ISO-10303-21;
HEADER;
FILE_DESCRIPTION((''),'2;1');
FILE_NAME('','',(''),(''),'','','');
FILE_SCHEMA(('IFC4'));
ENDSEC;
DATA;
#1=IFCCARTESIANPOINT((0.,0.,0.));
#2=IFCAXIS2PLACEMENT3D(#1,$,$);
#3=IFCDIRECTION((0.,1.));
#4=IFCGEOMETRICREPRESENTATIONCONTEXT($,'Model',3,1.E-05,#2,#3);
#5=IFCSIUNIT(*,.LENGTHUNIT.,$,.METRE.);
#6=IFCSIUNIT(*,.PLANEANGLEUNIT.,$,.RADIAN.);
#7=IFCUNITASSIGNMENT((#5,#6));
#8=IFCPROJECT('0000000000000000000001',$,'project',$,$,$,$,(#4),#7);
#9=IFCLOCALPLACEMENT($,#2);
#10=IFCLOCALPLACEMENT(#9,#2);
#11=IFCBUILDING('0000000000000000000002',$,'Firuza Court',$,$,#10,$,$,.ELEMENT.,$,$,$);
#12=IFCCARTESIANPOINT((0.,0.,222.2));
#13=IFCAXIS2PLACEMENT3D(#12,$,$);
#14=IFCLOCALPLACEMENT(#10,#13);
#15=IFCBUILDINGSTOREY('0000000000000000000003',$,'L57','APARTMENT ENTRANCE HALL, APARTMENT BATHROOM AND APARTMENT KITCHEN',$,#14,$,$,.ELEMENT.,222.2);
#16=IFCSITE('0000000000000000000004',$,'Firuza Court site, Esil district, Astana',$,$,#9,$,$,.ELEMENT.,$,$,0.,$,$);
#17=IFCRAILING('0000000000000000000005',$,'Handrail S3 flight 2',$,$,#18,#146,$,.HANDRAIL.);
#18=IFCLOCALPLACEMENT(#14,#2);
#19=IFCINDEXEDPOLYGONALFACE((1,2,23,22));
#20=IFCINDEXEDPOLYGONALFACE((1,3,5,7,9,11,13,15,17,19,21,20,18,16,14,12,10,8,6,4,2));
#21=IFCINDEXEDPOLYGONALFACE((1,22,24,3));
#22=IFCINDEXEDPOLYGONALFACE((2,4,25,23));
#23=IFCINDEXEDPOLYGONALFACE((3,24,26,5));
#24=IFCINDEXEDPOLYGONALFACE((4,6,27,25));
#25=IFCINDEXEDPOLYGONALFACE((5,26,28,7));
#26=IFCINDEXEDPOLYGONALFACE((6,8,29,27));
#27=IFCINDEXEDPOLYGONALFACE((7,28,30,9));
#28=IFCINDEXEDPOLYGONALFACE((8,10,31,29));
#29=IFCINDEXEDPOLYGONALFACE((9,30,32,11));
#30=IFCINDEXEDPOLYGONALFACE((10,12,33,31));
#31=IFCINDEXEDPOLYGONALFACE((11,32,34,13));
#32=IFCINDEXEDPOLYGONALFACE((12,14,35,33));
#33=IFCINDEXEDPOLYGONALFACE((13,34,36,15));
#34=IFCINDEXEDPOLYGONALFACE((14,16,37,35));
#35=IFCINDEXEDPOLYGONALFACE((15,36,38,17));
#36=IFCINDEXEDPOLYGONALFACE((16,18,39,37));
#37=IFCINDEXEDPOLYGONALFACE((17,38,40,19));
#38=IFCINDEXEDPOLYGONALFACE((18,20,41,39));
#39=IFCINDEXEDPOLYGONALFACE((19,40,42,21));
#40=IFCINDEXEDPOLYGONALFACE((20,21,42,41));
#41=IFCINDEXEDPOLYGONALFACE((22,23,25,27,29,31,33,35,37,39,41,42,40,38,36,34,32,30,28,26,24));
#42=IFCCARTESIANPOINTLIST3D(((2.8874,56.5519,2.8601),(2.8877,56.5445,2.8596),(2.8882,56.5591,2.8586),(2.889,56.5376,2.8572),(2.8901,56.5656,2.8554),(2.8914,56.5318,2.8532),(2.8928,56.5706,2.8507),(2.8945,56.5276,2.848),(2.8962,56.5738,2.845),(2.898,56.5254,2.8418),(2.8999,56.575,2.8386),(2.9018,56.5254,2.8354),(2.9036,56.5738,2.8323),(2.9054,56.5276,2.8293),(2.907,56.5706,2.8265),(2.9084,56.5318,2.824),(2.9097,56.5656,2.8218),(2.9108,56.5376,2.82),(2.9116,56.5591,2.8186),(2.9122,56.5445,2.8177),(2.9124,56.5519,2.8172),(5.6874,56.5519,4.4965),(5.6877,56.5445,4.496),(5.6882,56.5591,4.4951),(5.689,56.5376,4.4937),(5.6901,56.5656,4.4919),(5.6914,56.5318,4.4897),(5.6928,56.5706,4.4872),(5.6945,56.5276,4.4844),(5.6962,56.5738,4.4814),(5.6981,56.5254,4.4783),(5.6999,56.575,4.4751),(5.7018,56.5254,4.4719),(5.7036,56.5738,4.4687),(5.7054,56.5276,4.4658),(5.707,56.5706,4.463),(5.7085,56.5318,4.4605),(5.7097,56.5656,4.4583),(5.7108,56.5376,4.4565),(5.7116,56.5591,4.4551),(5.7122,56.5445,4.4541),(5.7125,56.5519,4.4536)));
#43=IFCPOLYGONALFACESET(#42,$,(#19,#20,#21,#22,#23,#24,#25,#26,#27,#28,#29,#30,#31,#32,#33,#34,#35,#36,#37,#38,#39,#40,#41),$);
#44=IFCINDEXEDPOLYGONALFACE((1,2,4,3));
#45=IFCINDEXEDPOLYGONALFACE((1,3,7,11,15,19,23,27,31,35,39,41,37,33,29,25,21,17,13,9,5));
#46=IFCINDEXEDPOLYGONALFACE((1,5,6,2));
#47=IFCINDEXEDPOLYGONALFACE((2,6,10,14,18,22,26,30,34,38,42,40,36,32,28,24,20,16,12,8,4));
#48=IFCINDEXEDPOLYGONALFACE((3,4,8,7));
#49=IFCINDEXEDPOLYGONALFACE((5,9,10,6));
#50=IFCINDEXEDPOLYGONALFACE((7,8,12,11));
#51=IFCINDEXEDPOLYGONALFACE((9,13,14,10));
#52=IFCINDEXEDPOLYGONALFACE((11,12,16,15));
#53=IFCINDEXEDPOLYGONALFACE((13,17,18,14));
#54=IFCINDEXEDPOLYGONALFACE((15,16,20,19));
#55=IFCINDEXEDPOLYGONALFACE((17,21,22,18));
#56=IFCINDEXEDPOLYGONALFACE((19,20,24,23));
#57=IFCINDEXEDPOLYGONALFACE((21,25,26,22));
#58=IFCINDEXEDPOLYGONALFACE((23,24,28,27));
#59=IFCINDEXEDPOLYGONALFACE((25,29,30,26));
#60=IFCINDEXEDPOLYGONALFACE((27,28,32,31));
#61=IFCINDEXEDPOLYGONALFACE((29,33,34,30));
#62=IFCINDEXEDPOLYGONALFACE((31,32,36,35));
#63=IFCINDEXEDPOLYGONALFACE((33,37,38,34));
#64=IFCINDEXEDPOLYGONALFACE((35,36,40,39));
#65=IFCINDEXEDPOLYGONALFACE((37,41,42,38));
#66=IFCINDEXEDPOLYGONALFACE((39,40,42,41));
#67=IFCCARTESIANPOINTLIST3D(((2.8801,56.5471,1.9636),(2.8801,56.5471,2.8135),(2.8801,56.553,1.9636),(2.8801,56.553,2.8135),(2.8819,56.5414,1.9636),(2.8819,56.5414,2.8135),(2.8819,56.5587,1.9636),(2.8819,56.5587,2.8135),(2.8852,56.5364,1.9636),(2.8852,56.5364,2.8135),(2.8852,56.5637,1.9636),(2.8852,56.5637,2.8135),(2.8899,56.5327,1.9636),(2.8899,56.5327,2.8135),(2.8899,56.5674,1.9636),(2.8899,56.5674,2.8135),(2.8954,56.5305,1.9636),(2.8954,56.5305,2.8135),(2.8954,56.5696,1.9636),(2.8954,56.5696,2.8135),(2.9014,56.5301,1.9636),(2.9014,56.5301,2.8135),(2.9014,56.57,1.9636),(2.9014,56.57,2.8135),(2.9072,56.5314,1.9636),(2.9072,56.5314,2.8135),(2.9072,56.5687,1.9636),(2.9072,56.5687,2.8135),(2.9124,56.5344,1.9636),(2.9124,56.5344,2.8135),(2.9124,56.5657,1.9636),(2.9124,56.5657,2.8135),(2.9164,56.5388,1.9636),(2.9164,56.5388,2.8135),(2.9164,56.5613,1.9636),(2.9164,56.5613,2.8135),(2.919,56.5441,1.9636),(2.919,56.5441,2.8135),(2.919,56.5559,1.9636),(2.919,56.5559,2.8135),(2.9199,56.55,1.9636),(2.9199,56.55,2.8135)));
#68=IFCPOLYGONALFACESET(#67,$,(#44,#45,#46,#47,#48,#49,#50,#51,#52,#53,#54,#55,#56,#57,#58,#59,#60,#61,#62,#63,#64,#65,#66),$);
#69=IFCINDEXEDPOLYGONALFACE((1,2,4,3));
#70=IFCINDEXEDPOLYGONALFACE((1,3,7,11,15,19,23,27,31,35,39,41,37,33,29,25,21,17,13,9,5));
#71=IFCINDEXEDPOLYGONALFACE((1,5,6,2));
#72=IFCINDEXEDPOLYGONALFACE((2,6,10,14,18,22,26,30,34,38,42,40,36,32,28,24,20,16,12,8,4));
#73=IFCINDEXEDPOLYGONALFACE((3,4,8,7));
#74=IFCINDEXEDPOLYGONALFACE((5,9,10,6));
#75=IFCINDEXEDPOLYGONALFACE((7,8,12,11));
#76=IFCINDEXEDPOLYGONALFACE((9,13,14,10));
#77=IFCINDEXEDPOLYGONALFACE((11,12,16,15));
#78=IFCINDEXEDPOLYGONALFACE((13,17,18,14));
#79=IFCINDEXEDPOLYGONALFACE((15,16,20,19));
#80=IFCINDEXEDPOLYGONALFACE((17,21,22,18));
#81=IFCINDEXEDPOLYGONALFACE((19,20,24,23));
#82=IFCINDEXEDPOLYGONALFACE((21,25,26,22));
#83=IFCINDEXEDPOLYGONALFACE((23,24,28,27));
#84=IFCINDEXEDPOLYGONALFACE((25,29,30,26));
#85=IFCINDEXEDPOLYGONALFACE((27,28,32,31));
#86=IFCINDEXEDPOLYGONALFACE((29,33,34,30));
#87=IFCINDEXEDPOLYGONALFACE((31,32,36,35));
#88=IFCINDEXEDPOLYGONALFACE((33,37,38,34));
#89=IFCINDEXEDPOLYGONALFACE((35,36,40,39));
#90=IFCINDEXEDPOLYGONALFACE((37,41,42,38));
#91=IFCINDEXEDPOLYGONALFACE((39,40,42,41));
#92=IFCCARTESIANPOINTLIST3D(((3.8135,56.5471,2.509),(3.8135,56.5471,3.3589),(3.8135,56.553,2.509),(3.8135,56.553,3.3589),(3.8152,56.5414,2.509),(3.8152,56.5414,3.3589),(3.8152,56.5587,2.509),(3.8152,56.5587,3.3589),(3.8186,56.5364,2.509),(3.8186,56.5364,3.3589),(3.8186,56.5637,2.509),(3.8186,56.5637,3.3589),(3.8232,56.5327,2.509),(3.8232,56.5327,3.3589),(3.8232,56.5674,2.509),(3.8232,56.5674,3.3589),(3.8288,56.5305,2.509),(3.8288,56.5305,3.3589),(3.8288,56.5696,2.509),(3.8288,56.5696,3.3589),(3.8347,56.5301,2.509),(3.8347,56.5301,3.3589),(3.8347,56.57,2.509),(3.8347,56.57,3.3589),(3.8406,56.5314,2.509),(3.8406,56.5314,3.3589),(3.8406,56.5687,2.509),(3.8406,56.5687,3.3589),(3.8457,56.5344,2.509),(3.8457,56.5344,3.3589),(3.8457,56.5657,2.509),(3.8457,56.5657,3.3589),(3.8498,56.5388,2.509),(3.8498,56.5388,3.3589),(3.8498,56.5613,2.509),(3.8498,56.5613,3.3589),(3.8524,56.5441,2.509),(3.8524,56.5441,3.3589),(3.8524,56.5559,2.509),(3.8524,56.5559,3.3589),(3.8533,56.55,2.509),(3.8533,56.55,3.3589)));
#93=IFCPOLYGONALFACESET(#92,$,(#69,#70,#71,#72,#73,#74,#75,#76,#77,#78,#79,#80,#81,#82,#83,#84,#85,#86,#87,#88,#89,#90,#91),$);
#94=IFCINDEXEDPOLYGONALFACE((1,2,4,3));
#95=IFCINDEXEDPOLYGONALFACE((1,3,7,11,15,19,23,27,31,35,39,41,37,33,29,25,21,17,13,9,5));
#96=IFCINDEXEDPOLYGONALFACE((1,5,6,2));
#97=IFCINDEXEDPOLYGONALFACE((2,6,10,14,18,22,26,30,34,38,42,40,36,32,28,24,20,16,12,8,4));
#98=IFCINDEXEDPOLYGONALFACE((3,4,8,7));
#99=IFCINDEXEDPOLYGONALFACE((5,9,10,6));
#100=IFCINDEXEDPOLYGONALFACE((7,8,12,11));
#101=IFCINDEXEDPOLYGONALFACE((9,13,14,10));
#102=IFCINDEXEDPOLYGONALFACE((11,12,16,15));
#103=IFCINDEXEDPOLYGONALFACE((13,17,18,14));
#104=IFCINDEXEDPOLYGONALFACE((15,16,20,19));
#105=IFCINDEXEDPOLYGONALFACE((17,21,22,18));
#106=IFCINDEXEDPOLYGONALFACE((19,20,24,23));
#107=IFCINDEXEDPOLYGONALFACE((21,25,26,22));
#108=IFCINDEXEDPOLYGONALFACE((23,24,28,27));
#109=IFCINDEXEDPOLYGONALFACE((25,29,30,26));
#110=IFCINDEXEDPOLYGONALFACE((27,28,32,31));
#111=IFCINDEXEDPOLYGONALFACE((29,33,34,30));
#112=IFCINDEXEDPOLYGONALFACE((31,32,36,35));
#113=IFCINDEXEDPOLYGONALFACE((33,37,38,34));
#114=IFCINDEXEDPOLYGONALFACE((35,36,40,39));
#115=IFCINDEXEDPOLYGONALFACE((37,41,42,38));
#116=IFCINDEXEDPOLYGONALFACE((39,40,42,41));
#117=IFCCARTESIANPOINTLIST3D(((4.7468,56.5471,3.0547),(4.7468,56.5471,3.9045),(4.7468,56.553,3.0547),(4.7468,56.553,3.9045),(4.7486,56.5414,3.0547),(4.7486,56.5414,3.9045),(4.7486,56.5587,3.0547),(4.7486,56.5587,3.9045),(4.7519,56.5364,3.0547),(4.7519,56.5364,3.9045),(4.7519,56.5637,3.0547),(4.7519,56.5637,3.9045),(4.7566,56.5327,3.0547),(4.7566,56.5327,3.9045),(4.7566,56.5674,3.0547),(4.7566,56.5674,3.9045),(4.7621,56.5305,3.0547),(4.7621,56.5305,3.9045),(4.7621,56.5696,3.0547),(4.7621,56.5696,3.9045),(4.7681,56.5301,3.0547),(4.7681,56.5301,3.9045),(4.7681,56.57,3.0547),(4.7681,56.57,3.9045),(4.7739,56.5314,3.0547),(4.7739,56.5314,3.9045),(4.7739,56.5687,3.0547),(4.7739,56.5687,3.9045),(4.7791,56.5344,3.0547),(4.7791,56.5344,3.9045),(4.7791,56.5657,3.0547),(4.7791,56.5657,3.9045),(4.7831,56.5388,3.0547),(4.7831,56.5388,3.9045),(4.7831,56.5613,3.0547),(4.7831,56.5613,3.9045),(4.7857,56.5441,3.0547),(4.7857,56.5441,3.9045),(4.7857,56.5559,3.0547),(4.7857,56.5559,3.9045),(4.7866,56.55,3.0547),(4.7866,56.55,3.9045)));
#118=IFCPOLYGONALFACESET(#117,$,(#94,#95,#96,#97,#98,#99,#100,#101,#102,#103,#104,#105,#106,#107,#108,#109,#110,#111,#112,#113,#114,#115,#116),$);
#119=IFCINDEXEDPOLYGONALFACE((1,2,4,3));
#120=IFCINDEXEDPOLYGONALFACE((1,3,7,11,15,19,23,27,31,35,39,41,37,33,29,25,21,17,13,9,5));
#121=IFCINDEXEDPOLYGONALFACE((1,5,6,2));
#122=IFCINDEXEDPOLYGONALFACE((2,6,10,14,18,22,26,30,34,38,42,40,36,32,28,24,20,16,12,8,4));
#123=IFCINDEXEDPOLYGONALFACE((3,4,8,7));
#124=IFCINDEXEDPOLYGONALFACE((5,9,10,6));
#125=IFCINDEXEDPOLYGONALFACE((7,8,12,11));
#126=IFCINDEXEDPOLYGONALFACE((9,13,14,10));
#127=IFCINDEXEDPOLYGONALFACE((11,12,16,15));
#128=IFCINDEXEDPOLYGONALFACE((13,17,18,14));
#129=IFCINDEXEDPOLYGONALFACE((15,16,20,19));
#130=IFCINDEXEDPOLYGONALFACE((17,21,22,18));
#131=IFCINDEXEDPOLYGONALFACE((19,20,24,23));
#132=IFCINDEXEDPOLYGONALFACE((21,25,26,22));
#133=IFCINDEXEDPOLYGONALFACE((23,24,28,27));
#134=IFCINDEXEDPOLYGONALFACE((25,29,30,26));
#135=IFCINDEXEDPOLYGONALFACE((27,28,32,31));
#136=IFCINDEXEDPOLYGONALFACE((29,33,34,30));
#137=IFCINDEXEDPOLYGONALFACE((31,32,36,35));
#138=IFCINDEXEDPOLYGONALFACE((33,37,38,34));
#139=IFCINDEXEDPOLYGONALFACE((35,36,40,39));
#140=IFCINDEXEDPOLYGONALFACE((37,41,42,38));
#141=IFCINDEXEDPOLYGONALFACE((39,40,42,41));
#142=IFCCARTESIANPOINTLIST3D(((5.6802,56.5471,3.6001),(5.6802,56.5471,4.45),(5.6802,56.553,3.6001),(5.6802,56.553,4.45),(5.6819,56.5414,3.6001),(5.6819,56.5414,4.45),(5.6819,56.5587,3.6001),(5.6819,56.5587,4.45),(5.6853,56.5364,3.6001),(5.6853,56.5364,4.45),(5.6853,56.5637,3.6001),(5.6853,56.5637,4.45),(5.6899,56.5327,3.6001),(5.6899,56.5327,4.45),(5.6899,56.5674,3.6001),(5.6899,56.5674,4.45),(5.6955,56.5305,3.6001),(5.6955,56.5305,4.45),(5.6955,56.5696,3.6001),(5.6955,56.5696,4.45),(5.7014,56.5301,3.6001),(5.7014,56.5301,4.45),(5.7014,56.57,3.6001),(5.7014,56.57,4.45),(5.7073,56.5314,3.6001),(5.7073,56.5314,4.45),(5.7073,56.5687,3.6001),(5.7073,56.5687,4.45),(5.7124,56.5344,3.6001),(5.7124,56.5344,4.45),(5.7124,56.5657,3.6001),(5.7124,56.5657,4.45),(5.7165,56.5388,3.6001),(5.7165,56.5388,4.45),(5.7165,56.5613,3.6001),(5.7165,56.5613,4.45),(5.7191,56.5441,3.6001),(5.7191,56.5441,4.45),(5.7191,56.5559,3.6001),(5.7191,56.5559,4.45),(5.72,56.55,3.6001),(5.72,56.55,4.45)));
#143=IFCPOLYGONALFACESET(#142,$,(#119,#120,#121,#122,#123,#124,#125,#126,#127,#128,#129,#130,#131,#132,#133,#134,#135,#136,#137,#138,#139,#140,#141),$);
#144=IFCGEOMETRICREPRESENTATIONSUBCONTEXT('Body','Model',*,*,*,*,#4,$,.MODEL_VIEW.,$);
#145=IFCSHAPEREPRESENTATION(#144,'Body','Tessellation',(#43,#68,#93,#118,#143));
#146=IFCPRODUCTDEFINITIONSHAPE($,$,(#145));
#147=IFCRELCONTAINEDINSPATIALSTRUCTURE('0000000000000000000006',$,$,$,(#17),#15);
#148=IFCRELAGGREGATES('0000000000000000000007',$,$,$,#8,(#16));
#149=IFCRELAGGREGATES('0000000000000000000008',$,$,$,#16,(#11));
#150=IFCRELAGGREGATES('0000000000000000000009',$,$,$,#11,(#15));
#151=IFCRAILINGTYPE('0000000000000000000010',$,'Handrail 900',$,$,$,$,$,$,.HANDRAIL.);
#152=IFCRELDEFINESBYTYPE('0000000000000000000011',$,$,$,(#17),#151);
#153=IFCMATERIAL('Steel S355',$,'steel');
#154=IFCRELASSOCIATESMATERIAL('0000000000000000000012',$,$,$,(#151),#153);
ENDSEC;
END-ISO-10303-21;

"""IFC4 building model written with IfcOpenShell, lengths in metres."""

from ifc_helpers import new_model, si_unit, direction, frame, origin, origin_2d, place, context, subcontext, project, spatial, circle, extrude, material, type_object, element, save


model = new_model("IFC4")

# Units and contexts
model_context = context("Model", 3, precision=1e-05, world=origin(), true_north=direction((0.0, 1.0)))
body_context = subcontext(model_context, "Body", "Model", "MODEL_VIEW")
ifc_project = project(units=[si_unit("LENGTHUNIT", "METRE"), si_unit("PLANEANGLEUNIT", "RADIAN")], contexts=[model_context])

# Site, building, storey
site_placement = place(None, origin())
site = spatial("IfcSite", under=ifc_project, at=site_placement, Name="Firuza Court site, Esil district, Astana", CompositionType="ELEMENT", RefElevation=0.0)
building_placement = place(site_placement, origin())
building = spatial("IfcBuilding", under=site, at=building_placement, Name="Firuza Court", CompositionType="ELEMENT")
storey_placement = place(building_placement, frame((0.0, 0.0, 222.2)))
storey = spatial("IfcBuildingStorey", under=building, at=storey_placement, Name="L57", Description="APARTMENT ENTRANCE HALL, APARTMENT BATHROOM AND APARTMENT KITCHEN", CompositionType="ELEMENT", Elevation=222.2)

# Railing
ifc_material_1 = material(Name="Steel S355", Category="steel")
railing_type_1 = type_object("IfcRailingType", Name="Handrail 900", PredefinedType="HANDRAIL", material=ifc_material_1)
railing_1_placement = place(storey_placement, frame((2.8999, 56.55, 1.9636)))
element("IfcRailing", 1, at=railing_1_placement, inside=storey, type_object=railing_type_1, Name="Handrail S3 flight 2", PredefinedType="HANDRAIL", context=body_context, shape_type="SweptSolid", body=[
    extrude(circle(Radius=0.0249, at=origin_2d()), frame((0.0, 0.0, 0.875), z_axis=(0.863361, 0.0, 0.504587), x_axis=(0.0, 1.0, 0.0)), (0.0, 0.0, 1.0), 3.2432),
    extrude(circle(Radius=0.02, at=origin_2d()), origin(), (0.0, 0.0, 1.0), 0.8499),
    extrude(circle(Radius=0.02, at=origin_2d()), frame((0.9333, 0.0, 0.5454)), (0.0, 0.0, 1.0), 0.8499),
    extrude(circle(Radius=0.02, at=origin_2d()), frame((1.8667, 0.0, 1.0911)), (0.0, 0.0, 1.0), 0.8499),
    extrude(circle(Radius=0.02, at=origin_2d()), frame((2.8, 0.0, 1.6365)), (0.0, 0.0, 1.0), 0.8499),
])

save(model, "model.ifc")
